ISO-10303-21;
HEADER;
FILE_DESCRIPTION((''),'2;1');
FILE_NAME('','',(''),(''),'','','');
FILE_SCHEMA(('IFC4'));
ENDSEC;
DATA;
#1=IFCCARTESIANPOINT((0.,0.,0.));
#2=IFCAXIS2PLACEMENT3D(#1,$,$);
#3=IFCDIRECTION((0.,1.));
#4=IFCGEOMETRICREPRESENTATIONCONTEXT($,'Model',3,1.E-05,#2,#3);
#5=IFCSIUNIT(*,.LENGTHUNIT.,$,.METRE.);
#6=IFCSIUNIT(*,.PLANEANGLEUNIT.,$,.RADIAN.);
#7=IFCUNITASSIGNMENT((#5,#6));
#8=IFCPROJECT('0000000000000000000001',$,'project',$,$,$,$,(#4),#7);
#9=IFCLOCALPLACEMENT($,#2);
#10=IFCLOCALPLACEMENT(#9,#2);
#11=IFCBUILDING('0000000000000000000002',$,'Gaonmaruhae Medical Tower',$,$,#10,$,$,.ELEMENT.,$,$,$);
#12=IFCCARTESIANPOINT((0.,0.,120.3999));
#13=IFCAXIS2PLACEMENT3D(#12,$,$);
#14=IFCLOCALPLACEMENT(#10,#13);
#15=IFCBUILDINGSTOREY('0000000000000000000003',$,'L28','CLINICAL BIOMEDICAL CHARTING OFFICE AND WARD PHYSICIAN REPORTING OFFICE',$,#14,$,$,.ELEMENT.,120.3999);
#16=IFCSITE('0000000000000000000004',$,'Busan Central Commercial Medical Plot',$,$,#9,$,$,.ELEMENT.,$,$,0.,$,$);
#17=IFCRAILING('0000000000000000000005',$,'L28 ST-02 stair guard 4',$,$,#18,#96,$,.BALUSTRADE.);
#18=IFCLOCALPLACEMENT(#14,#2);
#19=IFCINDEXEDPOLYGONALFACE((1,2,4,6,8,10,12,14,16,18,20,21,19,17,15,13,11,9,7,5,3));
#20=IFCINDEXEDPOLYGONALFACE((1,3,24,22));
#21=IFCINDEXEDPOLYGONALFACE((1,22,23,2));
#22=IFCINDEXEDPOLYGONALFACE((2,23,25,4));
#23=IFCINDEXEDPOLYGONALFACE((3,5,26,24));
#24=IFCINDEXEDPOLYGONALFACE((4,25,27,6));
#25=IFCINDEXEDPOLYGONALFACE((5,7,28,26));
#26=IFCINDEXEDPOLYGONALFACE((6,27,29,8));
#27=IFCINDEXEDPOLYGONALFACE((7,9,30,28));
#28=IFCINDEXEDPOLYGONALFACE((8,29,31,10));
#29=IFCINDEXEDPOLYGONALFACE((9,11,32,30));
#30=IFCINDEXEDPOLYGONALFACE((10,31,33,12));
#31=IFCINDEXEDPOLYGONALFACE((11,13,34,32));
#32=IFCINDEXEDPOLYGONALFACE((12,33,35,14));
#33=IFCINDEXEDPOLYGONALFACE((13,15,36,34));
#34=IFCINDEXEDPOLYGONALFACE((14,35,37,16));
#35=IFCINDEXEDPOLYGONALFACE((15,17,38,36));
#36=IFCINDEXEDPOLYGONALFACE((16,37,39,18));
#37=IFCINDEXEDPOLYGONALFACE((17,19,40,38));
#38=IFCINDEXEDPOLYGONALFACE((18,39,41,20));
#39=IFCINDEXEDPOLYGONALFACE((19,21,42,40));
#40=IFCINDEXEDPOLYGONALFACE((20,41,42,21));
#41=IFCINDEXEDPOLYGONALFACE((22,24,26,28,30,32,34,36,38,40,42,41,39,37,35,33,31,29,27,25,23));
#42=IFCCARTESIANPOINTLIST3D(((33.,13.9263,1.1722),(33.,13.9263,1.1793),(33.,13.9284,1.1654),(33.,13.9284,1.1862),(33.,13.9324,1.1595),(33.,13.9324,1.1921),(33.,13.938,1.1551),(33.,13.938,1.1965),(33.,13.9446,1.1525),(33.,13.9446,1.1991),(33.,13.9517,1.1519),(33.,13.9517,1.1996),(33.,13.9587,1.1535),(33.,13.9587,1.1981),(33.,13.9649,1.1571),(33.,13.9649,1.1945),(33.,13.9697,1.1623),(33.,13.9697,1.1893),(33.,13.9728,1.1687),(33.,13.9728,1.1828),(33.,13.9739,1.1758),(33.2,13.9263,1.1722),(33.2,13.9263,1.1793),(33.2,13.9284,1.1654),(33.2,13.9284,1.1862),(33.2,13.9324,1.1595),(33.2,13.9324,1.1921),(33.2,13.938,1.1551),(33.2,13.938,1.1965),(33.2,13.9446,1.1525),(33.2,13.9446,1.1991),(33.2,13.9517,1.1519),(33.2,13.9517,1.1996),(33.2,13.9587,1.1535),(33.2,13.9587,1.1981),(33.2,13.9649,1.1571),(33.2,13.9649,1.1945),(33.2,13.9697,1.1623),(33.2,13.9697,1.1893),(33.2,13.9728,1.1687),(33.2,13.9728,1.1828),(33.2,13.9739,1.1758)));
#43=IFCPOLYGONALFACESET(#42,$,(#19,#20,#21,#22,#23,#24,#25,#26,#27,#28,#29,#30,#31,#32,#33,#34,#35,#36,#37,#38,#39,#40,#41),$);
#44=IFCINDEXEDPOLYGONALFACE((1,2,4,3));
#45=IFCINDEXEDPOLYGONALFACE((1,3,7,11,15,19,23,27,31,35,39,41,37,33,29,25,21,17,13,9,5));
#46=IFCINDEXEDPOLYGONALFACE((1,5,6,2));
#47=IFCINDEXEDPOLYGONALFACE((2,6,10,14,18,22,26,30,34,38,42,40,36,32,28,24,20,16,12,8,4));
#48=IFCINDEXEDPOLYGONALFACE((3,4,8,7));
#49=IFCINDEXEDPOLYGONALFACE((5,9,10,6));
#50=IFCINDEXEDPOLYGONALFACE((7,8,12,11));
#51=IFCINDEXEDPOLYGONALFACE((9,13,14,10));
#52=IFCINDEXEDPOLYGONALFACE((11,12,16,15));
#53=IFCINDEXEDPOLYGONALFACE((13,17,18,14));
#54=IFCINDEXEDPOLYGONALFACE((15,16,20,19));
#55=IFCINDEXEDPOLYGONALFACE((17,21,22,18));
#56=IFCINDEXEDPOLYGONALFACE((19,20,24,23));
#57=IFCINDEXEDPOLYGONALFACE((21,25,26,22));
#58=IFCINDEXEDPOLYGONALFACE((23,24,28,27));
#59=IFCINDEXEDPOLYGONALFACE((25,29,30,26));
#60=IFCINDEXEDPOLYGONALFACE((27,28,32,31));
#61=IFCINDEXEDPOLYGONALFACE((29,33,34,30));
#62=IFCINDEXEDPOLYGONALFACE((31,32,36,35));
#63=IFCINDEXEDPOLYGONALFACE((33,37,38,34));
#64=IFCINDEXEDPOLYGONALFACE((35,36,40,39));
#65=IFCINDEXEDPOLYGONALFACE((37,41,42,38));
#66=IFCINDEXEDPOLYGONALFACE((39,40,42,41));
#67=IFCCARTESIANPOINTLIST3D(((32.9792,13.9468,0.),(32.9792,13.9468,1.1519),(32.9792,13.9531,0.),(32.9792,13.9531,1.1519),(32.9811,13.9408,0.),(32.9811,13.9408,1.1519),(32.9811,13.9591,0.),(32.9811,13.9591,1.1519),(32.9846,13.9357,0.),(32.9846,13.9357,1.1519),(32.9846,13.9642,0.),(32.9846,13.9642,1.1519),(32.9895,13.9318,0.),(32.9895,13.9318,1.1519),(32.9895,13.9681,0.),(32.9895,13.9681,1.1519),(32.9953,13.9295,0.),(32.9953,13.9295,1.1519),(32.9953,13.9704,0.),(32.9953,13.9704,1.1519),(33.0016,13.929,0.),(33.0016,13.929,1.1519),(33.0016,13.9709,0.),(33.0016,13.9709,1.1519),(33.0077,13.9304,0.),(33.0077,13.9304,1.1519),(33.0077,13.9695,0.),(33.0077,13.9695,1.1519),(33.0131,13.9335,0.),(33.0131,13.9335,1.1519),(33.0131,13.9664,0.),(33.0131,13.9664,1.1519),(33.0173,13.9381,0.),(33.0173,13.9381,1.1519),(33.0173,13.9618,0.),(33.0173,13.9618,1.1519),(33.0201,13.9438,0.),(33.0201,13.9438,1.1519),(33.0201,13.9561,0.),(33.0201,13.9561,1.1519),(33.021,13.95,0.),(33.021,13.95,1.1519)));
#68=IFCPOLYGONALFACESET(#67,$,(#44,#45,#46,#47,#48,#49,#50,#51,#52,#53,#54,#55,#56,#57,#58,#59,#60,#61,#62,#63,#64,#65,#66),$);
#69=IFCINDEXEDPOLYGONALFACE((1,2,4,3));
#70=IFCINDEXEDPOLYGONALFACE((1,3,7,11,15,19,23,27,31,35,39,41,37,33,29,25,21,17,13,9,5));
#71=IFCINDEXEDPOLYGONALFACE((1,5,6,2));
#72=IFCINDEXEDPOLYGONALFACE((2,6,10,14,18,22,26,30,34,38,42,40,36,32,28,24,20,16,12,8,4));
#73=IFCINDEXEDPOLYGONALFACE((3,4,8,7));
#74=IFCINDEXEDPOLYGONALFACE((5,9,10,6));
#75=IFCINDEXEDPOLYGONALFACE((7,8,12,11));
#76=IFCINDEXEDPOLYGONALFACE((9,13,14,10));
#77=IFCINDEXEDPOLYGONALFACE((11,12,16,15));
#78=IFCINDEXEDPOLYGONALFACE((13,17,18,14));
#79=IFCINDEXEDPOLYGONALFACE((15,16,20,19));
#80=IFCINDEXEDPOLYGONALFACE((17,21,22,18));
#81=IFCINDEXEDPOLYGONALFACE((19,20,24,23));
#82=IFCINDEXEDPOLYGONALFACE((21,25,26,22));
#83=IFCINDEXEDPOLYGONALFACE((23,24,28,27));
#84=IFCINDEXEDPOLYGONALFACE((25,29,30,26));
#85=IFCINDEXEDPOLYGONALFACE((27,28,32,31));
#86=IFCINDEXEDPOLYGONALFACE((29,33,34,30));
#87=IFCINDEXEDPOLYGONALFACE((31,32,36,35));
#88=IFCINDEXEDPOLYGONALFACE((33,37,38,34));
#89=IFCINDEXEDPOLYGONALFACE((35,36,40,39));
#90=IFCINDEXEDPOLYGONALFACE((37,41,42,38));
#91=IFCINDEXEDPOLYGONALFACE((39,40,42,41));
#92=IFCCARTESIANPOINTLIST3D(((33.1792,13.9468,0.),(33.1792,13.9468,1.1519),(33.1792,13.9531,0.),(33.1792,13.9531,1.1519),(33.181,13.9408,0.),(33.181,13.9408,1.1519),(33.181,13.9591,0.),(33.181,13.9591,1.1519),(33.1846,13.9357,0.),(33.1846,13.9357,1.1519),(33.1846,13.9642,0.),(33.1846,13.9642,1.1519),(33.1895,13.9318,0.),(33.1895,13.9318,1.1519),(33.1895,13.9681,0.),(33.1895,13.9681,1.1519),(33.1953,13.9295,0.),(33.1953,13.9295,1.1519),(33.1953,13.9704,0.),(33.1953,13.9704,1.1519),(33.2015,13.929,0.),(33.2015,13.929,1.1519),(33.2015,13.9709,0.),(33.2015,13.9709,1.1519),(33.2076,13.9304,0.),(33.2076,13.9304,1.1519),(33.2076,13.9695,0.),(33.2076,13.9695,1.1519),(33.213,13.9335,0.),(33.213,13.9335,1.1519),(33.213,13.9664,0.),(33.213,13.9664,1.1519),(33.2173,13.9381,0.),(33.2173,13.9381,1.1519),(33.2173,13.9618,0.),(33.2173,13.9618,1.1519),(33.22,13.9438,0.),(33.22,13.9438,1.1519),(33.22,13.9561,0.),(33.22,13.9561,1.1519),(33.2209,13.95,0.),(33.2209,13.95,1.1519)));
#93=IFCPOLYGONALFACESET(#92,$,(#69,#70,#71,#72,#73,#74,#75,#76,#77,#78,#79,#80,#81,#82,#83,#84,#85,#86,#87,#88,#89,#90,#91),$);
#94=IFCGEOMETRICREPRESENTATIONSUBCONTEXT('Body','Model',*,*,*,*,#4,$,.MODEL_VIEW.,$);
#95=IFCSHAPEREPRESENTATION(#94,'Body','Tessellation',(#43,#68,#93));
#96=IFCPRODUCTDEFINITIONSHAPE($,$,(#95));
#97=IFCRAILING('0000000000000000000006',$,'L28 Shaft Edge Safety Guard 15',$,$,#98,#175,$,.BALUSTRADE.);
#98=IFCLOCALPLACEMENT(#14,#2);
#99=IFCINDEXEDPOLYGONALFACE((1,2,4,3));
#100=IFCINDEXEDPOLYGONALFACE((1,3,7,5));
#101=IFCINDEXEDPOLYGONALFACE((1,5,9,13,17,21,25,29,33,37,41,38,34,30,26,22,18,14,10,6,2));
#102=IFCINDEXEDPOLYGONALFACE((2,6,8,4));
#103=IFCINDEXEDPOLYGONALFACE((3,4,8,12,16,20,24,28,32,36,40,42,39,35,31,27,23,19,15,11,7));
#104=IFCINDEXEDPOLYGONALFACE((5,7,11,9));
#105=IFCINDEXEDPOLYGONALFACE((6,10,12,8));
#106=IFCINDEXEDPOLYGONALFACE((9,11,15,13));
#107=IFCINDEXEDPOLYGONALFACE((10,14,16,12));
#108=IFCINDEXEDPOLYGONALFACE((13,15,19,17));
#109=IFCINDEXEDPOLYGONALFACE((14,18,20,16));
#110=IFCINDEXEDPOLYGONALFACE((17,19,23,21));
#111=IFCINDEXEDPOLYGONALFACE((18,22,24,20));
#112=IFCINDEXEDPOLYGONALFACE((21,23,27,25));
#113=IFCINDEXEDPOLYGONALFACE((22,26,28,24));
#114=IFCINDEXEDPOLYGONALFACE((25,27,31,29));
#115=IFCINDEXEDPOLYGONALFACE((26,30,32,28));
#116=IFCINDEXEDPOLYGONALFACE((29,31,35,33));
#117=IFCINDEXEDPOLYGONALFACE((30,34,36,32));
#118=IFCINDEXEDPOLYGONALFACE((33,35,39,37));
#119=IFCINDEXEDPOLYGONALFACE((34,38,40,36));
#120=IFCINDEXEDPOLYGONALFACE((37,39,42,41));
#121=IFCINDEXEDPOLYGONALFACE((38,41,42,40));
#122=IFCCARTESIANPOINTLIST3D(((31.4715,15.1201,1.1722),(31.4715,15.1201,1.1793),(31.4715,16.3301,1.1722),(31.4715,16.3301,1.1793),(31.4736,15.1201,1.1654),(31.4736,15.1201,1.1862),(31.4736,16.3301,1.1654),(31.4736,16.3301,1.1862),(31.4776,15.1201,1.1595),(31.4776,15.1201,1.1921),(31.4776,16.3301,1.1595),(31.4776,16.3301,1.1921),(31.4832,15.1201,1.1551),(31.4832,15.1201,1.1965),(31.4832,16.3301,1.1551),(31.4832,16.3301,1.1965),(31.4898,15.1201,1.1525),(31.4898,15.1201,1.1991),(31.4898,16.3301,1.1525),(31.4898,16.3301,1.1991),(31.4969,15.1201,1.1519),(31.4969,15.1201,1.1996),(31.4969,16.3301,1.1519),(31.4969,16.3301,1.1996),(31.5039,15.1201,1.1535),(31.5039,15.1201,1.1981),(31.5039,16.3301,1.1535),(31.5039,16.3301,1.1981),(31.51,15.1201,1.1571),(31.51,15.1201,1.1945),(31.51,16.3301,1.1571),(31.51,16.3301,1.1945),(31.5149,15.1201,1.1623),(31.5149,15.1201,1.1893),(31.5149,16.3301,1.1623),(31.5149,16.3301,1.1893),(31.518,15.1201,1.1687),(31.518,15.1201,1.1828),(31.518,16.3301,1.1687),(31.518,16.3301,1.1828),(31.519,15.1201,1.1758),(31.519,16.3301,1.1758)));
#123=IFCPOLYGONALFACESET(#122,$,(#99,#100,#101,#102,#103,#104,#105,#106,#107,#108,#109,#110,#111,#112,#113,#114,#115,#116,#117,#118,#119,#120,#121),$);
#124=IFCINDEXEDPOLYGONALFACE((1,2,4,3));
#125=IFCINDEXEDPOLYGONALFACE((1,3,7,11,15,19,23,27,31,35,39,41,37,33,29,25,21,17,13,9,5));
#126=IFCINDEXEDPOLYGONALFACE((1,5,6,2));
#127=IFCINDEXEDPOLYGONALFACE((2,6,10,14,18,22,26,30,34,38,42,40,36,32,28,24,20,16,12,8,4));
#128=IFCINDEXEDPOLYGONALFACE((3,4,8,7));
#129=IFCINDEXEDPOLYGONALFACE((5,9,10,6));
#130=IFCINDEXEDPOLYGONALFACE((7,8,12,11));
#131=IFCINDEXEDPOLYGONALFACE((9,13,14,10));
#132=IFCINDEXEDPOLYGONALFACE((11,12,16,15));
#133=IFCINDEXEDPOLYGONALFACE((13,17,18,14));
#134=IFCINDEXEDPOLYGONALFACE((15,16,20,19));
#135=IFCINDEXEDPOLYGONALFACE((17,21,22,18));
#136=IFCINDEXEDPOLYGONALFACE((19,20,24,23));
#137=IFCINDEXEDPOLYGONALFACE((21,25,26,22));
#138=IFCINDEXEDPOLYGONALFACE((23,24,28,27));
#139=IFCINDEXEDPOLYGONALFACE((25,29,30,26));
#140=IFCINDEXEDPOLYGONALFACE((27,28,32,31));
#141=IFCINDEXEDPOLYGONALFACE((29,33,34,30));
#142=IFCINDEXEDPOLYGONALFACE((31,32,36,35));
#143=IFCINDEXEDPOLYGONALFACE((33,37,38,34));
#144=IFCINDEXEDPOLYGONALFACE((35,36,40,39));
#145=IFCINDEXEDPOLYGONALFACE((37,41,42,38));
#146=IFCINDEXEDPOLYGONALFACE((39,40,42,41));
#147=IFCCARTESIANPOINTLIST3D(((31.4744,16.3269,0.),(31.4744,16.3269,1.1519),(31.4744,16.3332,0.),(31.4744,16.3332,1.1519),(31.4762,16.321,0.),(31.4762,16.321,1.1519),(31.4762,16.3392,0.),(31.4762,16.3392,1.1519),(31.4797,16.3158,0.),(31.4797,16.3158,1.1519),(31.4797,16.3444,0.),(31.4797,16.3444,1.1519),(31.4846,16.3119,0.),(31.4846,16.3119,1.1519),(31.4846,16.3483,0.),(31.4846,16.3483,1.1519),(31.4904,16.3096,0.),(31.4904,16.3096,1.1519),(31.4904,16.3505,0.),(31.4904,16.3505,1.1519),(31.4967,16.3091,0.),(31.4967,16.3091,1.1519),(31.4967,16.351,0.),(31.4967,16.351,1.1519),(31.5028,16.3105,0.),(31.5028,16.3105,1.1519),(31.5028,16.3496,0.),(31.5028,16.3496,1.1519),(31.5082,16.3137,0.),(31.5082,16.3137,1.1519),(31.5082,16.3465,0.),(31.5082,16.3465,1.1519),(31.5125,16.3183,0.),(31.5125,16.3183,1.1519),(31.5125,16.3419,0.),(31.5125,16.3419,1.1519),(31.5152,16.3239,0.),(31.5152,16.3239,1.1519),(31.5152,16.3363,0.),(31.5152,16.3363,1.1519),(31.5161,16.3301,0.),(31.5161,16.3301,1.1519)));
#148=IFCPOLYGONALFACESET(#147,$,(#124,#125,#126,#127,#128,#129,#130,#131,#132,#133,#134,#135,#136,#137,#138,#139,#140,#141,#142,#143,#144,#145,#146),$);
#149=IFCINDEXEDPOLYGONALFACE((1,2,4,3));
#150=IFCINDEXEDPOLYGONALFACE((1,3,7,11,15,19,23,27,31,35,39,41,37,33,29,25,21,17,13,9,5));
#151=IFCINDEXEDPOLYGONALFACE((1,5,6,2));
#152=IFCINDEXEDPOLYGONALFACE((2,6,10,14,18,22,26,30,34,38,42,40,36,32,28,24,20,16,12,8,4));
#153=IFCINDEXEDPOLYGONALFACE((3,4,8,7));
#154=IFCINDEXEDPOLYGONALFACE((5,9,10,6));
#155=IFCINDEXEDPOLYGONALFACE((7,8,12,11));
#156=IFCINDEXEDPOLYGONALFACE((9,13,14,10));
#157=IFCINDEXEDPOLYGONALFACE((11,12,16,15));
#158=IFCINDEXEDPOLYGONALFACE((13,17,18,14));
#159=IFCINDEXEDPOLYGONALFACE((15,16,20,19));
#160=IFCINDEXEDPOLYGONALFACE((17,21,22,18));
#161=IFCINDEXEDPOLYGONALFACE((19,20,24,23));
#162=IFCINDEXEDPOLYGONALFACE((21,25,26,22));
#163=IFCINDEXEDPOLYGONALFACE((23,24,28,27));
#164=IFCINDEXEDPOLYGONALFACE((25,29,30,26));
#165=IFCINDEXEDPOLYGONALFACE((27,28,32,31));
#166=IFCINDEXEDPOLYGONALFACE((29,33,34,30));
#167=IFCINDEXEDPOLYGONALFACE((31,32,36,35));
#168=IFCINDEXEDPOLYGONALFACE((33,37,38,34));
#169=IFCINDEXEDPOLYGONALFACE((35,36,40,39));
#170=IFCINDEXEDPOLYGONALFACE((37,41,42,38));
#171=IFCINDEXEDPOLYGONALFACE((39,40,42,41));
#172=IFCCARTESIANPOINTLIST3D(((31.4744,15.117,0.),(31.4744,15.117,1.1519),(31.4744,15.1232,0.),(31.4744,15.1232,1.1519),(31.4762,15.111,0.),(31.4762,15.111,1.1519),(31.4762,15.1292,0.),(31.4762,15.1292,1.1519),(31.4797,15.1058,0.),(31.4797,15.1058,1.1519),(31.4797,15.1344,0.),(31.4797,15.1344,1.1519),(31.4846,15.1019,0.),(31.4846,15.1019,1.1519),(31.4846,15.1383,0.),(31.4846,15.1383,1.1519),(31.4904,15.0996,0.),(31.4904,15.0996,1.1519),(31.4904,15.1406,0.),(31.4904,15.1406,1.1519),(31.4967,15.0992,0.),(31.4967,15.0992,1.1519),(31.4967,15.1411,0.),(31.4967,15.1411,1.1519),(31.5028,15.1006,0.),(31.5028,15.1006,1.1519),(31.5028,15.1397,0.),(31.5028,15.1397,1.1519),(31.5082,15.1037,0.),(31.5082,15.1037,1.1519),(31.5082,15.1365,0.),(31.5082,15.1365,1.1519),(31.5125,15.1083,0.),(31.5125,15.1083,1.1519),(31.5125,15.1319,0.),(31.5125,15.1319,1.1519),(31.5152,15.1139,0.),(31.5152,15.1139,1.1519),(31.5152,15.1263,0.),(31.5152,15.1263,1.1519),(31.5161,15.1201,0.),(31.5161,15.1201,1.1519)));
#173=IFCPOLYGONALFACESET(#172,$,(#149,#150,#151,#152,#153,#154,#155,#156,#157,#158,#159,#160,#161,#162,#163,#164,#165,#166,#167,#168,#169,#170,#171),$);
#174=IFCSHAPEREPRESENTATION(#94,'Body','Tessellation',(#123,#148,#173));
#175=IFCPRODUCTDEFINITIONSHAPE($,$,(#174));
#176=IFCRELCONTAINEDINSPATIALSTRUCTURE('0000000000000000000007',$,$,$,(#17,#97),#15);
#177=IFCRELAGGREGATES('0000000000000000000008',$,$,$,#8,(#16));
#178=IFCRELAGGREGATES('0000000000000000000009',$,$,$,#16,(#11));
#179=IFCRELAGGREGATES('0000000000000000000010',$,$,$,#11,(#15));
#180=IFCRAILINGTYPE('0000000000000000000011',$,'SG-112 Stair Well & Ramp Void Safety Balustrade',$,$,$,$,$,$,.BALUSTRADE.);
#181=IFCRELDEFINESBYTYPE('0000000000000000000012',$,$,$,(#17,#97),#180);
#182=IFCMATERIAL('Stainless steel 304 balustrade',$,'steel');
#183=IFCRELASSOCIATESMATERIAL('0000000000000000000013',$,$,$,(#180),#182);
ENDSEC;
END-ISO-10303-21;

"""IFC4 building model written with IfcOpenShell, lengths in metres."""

from ifc_helpers import new_model, si_unit, direction, frame, origin, origin_2d, place, context, subcontext, project, spatial, circle, extrude, material, type_object, element, save


model = new_model("IFC4")

# Units and contexts
model_context = context("Model", 3, precision=1e-05, world=origin(), true_north=direction((0.0, 1.0)))
body_context = subcontext(model_context, "Body", "Model", "MODEL_VIEW")
ifc_project = project(units=[si_unit("LENGTHUNIT", "METRE"), si_unit("PLANEANGLEUNIT", "RADIAN")], contexts=[model_context])

# Site, building, storey
site_placement = place(None, origin())
site = spatial("IfcSite", under=ifc_project, at=site_placement, Name="Busan Central Commercial Medical Plot", CompositionType="ELEMENT", RefElevation=0.0)
building_placement = place(site_placement, origin())
building = spatial("IfcBuilding", under=site, at=building_placement, Name="Gaonmaruhae Medical Tower", CompositionType="ELEMENT")
storey_placement = place(building_placement, frame((0.0, 0.0, 120.3999)))
storey = spatial("IfcBuildingStorey", under=building, at=storey_placement, Name="L28", Description="CLINICAL BIOMEDICAL CHARTING OFFICE AND WARD PHYSICIAN REPORTING OFFICE", CompositionType="ELEMENT", Elevation=120.3999)

# Railings
ifc_material_1 = material(Name="Stainless steel 304 balustrade", Category="steel")
railing_type_1 = type_object("IfcRailingType", Name="SG-112 Stair Well & Ramp Void Safety Balustrade", PredefinedType="BALUSTRADE", material=ifc_material_1)
railing_1_placement = place(storey_placement, frame((33.0, 13.95, 0.0)))
element("IfcRailing", 1, at=railing_1_placement, inside=storey, type_object=railing_type_1, Name="L28 ST-02 stair guard 4", PredefinedType="BALUSTRADE", context=body_context, shape_type="SweptSolid", body=[
    extrude(circle(Radius=0.0239, at=origin_2d()), frame((0.0, 0.0, 1.1758), z_axis=(1.0, 0.0, 0.0), x_axis=(0.0, 1.0, 0.0)), (0.0, 0.0, 1.0), 0.2),
    extrude(circle(Radius=0.021, at=origin_2d()), origin(), (0.0, 0.0, 1.0), 1.1519),
    extrude(circle(Radius=0.021, at=origin_2d()), frame((0.2, 0.0, 0.0)), (0.0, 0.0, 1.0), 1.1519),
])
railing_2_placement = place(storey_placement, frame((31.4951, 16.3301, 0.0)))
element("IfcRailing", 2, at=railing_2_placement, inside=storey, type_object=railing_type_1, Name="L28 Shaft Edge Safety Guard 15", PredefinedType="BALUSTRADE", context=body_context, shape_type="SweptSolid", body=[
    extrude(circle(Radius=0.0239, at=origin_2d()), frame((0.0, 0.0, 1.1758), z_axis=(0.0, -1.0, 0.0), x_axis=(1.0, 0.0, 0.0)), (0.0, 0.0, 1.0), 1.21),
    extrude(circle(Radius=0.021, at=origin_2d()), origin(), (0.0, 0.0, 1.0), 1.1519),
    extrude(circle(Radius=0.021, at=origin_2d()), frame((0.0, -1.21, 0.0)), (0.0, 0.0, 1.0), 1.1519),
])

save(model, "model.ifc")
